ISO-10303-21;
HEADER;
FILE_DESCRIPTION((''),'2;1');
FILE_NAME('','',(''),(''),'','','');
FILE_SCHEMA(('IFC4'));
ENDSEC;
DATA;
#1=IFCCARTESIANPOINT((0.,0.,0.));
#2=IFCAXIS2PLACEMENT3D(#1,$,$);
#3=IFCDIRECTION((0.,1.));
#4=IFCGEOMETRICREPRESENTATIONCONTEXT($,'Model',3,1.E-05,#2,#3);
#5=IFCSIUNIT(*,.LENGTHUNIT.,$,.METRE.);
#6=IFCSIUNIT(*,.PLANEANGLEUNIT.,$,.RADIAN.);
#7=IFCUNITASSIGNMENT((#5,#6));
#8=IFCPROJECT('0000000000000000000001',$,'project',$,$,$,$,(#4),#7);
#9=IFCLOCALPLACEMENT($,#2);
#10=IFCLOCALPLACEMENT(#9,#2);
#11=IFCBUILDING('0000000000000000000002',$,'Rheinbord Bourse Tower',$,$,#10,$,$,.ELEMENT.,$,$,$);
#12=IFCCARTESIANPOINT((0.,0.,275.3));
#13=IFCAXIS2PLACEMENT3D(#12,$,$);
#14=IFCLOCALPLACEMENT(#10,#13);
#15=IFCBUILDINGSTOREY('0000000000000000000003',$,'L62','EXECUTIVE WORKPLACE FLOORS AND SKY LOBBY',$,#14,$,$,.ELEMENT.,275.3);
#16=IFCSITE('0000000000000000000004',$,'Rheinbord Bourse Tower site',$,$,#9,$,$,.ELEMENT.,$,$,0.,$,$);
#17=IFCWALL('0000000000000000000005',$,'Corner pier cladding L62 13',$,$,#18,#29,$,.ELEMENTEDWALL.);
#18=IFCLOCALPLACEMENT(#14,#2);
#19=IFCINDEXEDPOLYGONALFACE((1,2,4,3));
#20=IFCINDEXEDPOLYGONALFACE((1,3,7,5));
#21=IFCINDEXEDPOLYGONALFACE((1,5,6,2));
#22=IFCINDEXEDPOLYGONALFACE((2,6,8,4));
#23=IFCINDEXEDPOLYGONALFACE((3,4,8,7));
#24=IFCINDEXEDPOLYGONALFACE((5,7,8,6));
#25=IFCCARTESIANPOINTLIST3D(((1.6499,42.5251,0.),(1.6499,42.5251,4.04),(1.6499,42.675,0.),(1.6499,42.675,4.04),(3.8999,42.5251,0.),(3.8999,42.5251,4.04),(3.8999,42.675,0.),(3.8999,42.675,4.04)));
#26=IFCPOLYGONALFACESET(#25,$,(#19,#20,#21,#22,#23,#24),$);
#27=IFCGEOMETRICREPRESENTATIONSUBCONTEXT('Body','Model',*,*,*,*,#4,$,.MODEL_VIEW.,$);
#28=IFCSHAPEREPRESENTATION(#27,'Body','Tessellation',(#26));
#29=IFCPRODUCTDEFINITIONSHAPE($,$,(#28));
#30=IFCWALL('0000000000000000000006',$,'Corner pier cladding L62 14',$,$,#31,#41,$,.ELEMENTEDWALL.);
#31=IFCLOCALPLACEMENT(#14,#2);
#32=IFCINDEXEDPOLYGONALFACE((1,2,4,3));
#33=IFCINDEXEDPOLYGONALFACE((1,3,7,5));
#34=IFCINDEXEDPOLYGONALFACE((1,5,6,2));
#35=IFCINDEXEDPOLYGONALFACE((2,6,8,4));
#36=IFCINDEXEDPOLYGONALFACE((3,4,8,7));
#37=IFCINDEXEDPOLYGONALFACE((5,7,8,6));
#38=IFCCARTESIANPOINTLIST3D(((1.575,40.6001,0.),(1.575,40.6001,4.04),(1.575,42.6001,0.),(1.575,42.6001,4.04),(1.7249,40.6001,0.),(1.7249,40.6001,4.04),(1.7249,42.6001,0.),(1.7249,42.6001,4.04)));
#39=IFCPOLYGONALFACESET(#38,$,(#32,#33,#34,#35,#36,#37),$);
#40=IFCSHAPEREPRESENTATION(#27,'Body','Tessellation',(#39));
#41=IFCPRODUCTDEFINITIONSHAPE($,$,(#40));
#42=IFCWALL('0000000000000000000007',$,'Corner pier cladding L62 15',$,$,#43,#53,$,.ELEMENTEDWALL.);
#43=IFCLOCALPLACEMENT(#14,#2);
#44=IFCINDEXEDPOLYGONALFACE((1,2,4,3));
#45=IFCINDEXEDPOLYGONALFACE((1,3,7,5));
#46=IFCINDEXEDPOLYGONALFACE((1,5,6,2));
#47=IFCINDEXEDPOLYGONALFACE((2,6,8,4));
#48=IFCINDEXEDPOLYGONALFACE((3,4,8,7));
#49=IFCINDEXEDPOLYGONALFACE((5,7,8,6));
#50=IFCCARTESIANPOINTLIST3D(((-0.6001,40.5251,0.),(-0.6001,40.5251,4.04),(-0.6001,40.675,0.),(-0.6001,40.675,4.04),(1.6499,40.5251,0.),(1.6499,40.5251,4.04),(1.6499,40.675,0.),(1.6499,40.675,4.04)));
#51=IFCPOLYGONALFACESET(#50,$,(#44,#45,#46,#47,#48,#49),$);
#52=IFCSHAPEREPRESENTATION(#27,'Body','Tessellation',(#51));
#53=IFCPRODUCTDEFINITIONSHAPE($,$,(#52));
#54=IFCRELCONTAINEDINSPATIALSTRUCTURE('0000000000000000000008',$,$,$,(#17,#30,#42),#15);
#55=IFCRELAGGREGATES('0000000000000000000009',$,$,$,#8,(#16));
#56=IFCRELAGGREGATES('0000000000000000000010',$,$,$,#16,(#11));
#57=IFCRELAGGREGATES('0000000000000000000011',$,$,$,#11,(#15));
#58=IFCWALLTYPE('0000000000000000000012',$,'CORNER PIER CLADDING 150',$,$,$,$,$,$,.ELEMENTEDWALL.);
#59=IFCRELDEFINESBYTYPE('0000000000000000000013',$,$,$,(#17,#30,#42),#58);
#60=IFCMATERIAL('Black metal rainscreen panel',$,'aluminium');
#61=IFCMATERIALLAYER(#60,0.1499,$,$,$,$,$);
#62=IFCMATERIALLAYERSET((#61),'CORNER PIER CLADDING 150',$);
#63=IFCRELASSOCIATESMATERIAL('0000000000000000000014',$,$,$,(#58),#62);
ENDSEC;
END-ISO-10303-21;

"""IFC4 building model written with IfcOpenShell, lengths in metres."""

from ifc_helpers import new_model, si_unit, direction, frame, frame_2d, origin, place, context, subcontext, project, spatial, rectangle, extrude, material, layer, layer_set, type_object, element, save


model = new_model("IFC4")

# Units and contexts
model_context = context("Model", 3, precision=1e-05, world=origin(), true_north=direction((0.0, 1.0)))
body_context = subcontext(model_context, "Body", "Model", "MODEL_VIEW")
ifc_project = project(units=[si_unit("LENGTHUNIT", "METRE"), si_unit("PLANEANGLEUNIT", "RADIAN")], contexts=[model_context])

# Site, building, storey
site_placement = place(None, origin())
site = spatial("IfcSite", under=ifc_project, at=site_placement, Name="Rheinbord Bourse Tower site", CompositionType="ELEMENT", RefElevation=0.0)
building_placement = place(site_placement, origin())
building = spatial("IfcBuilding", under=site, at=building_placement, Name="Rheinbord Bourse Tower", CompositionType="ELEMENT")
storey_placement = place(building_placement, frame((0.0, 0.0, 275.3)))
storey = spatial("IfcBuildingStorey", under=building, at=storey_placement, Name="L62", Description="EXECUTIVE WORKPLACE FLOORS AND SKY LOBBY", CompositionType="ELEMENT", Elevation=275.3)

# Walls
ifc_material_1 = material(Name="Black metal rainscreen panel", Category="aluminium")
ifc_layer_1 = layer(ifc_material_1, 0.1499)
ifc_layer_set_1 = layer_set([ifc_layer_1], Name="CORNER PIER CLADDING 150")
wall_type = type_object("IfcWallType", Name="CORNER PIER CLADDING 150", PredefinedType="ELEMENTEDWALL", material=ifc_layer_set_1)
wall_1_placement = place(storey_placement, frame((3.8999, 42.6001, 0.0), z_axis=(0.0, 0.0, 1.0), x_axis=(-1.0, 0.0, 0.0)))
element("IfcWall", 1, at=wall_1_placement, inside=storey, type_object=wall_type, Name="Corner pier cladding L62 13", PredefinedType="ELEMENTEDWALL", context=body_context, shape_type="SweptSolid", body=[
    extrude(rectangle(XDim=2.25, YDim=0.1499, at=frame_2d((1.125, 0.0))), origin(), (0.0, 0.0, 1.0), 4.04),
])
wall_2_placement = place(storey_placement, frame((1.6499, 42.6001, 0.0), z_axis=(0.0, 0.0, 1.0), x_axis=(0.0, -1.0, 0.0)))
element("IfcWall", 2, at=wall_2_placement, inside=storey, type_object=wall_type, Name="Corner pier cladding L62 14", PredefinedType="ELEMENTEDWALL", context=body_context, shape_type="SweptSolid", body=[
    extrude(rectangle(XDim=2.0, YDim=0.1499, at=frame_2d((1.0, 0.0))), origin(), (0.0, 0.0, 1.0), 4.04),
])
wall_3_placement = place(storey_placement, frame((1.6499, 40.6001, 0.0), z_axis=(0.0, 0.0, 1.0), x_axis=(-1.0, 0.0, 0.0)))
element("IfcWall", 3, at=wall_3_placement, inside=storey, type_object=wall_type, Name="Corner pier cladding L62 15", PredefinedType="ELEMENTEDWALL", context=body_context, shape_type="SweptSolid", body=[
    extrude(rectangle(XDim=2.25, YDim=0.1499, at=frame_2d((1.125, 0.0))), origin(), (0.0, 0.0, 1.0), 4.04),
])

save(model, "model.ifc")
